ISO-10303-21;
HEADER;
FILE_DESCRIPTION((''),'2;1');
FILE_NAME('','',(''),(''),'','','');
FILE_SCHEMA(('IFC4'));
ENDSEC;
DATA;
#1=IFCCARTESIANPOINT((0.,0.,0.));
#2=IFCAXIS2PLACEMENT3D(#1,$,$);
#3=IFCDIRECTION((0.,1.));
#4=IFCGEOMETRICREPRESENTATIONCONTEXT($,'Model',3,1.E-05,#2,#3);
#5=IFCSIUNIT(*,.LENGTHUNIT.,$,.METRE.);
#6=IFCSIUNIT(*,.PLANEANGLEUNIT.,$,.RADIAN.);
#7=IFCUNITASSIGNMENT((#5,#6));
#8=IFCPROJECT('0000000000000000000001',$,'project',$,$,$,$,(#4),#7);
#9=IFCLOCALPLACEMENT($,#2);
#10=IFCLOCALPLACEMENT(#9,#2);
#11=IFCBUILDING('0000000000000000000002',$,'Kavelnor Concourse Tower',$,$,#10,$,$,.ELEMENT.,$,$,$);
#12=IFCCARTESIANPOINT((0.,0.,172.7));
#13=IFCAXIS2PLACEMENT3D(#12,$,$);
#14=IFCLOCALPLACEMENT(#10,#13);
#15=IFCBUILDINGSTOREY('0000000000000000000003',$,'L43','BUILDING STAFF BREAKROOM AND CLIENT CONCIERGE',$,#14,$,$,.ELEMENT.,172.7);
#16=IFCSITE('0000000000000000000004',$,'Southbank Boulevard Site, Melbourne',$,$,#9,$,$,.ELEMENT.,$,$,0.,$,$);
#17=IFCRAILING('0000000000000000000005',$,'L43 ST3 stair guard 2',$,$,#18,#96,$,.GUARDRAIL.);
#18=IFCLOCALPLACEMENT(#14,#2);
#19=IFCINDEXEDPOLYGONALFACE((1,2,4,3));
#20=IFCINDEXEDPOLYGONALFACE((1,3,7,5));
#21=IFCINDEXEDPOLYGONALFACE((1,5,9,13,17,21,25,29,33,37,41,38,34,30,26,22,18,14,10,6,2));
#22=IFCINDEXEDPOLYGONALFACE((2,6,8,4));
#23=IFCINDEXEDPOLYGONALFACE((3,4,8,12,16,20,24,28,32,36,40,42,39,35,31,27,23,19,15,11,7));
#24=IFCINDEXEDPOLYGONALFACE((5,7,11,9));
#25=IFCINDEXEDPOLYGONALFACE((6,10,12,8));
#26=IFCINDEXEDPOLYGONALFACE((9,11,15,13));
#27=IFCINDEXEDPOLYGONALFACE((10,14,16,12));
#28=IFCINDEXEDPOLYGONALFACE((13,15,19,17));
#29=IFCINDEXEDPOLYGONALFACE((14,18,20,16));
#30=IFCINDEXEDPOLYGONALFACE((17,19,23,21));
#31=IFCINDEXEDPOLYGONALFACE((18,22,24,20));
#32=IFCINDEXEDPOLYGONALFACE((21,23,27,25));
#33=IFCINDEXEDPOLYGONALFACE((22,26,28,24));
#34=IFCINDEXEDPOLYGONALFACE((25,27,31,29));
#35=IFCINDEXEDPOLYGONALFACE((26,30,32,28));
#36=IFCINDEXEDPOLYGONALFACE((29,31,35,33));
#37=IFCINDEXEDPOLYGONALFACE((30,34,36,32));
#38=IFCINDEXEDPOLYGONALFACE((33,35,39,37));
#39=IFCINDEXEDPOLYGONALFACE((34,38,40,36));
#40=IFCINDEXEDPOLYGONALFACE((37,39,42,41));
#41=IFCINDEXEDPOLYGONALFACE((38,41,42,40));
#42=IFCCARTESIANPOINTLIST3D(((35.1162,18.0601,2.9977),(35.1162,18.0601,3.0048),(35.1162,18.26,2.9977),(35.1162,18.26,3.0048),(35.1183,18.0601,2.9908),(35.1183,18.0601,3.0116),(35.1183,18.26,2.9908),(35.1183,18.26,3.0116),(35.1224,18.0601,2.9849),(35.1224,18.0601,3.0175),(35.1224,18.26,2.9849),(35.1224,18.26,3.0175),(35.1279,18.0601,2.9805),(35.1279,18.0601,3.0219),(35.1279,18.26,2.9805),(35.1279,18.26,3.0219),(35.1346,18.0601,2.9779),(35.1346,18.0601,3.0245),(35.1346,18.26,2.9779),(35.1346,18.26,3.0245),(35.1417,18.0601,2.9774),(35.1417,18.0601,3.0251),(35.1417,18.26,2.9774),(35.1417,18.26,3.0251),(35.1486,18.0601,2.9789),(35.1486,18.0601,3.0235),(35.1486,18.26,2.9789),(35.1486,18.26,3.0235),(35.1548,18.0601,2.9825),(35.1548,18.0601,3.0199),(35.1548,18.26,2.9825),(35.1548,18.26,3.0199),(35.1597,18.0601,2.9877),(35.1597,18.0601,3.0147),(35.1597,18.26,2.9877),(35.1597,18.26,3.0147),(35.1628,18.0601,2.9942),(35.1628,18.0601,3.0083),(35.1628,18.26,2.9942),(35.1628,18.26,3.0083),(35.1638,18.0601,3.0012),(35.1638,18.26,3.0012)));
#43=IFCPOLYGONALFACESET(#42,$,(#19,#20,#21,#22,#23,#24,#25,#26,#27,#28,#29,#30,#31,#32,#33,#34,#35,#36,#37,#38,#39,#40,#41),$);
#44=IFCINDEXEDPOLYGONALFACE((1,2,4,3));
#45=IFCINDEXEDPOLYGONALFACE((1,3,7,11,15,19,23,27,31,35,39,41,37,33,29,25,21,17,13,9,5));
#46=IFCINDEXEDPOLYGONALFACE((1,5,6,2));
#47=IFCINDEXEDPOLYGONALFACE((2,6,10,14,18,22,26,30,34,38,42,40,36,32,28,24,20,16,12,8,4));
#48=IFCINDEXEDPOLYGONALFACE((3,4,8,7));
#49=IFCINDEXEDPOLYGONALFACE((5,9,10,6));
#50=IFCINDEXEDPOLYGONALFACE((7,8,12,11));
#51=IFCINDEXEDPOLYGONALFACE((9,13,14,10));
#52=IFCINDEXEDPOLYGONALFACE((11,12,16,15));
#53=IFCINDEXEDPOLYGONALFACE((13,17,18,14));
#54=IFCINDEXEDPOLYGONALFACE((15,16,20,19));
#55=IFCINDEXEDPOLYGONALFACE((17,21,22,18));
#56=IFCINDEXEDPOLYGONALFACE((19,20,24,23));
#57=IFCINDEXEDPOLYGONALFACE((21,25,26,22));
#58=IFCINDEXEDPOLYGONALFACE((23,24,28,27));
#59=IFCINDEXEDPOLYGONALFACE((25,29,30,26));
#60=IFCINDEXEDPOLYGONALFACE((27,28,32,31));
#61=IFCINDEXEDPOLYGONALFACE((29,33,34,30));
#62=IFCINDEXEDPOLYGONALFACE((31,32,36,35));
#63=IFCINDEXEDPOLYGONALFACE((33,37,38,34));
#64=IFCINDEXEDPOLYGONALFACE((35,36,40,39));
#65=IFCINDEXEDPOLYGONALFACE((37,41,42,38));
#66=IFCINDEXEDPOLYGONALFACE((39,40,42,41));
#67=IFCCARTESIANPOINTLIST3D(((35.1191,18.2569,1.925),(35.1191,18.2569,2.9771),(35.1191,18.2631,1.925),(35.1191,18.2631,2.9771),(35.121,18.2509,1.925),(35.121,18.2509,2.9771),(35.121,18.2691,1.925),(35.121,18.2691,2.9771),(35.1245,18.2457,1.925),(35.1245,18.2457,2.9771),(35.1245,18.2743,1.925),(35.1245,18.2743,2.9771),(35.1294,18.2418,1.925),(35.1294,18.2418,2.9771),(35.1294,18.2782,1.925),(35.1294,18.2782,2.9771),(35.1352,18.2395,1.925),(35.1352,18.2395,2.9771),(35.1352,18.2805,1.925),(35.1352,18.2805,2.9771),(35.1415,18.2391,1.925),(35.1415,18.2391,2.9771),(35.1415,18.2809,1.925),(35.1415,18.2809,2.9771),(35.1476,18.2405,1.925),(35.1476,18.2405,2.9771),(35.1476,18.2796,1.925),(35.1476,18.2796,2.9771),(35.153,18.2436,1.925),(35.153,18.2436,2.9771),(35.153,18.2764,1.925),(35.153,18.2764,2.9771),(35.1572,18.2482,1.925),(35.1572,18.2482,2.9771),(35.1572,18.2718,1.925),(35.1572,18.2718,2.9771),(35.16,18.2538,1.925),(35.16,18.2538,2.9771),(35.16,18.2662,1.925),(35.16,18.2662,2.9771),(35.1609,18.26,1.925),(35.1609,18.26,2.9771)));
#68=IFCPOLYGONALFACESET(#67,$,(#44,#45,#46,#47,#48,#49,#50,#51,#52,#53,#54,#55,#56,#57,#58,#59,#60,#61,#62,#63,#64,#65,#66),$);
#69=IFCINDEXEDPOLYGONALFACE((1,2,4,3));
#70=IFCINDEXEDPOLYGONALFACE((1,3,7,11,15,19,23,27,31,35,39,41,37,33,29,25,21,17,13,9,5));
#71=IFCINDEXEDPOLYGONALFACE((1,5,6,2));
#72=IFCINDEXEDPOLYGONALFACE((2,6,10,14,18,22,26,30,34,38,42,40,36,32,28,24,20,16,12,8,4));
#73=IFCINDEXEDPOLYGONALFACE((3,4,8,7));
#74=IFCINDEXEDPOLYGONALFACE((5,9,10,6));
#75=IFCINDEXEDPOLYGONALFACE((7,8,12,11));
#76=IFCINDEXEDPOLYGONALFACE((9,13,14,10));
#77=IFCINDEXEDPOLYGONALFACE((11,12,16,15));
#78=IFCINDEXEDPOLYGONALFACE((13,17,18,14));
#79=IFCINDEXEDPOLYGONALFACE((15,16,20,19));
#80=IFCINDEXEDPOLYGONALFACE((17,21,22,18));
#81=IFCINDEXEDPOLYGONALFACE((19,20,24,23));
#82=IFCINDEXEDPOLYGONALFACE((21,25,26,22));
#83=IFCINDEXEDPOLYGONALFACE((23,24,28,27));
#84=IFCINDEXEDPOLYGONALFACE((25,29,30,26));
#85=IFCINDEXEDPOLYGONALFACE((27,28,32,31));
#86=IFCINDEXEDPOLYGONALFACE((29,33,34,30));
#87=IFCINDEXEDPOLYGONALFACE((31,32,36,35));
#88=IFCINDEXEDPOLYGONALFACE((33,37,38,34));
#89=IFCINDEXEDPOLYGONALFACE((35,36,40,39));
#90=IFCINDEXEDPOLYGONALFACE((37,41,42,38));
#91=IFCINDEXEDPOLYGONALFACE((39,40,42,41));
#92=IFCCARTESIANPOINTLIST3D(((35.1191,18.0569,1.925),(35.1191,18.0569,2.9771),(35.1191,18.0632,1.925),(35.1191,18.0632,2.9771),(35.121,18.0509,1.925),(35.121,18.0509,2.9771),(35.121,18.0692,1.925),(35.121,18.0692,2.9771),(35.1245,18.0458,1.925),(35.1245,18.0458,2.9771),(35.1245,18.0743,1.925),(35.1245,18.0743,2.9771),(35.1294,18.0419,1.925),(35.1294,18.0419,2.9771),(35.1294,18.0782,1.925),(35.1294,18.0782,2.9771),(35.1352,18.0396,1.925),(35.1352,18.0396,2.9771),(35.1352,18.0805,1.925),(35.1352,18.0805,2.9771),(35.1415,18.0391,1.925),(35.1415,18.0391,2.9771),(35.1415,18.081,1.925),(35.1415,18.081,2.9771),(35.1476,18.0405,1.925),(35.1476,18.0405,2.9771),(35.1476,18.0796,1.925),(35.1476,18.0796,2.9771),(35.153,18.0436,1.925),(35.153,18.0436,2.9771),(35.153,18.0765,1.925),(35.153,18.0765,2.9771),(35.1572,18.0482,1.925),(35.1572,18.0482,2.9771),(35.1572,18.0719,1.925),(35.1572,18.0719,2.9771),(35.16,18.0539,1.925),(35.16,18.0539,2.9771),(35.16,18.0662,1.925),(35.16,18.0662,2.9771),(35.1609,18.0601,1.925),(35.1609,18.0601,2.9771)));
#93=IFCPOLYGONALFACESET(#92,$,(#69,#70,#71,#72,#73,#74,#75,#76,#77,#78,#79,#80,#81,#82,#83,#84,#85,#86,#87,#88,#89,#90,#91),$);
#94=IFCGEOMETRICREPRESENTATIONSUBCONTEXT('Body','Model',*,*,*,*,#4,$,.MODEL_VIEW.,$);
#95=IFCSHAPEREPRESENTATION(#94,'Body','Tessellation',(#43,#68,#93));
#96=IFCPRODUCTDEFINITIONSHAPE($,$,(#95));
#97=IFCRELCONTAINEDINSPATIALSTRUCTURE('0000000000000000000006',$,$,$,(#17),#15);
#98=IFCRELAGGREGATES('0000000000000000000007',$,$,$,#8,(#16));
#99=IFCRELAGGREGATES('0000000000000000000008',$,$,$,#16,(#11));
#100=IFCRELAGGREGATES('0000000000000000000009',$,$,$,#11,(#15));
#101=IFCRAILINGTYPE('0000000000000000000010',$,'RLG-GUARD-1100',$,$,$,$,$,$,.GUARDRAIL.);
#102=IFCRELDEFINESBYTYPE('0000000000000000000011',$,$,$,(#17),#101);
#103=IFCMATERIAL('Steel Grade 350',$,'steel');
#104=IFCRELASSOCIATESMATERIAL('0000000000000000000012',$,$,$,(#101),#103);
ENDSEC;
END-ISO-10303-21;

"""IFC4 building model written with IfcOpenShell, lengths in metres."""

from ifc_helpers import new_model, si_unit, direction, frame, origin, origin_2d, place, context, subcontext, project, spatial, circle, extrude, material, type_object, element, save


model = new_model("IFC4")

# Units and contexts
model_context = context("Model", 3, precision=1e-05, world=origin(), true_north=direction((0.0, 1.0)))
body_context = subcontext(model_context, "Body", "Model", "MODEL_VIEW")
ifc_project = project(units=[si_unit("LENGTHUNIT", "METRE"), si_unit("PLANEANGLEUNIT", "RADIAN")], contexts=[model_context])

# Site, building, storey
site_placement = place(None, origin())
site = spatial("IfcSite", under=ifc_project, at=site_placement, Name="Southbank Boulevard Site, Melbourne", CompositionType="ELEMENT", RefElevation=0.0)
building_placement = place(site_placement, origin())
building = spatial("IfcBuilding", under=site, at=building_placement, Name="Kavelnor Concourse Tower", CompositionType="ELEMENT")
storey_placement = place(building_placement, frame((0.0, 0.0, 172.7)))
storey = spatial("IfcBuildingStorey", under=building, at=storey_placement, Name="L43", Description="BUILDING STAFF BREAKROOM AND CLIENT CONCIERGE", CompositionType="ELEMENT", Elevation=172.7)

# Shared definitions
ifc_material_1 = material(Name="Steel Grade 350", Category="steel")

# Railing
railing_type = type_object("IfcRailingType", Name="RLG-GUARD-1100", PredefinedType="GUARDRAIL", material=ifc_material_1)
railing_1_placement = place(storey_placement, frame((35.1399, 18.26, 1.925)))
element("IfcRailing", 1, at=railing_1_placement, inside=storey, type_object=railing_type, Name="L43 ST3 stair guard 2", PredefinedType="GUARDRAIL", context=body_context, shape_type="SweptSolid", body=[
    extrude(circle(Radius=0.0239, at=origin_2d()), frame((0.0, 0.0, 1.0762), z_axis=(0.0, -1.0, 0.0), x_axis=(1.0, 0.0, 0.0)), (0.0, 0.0, 1.0), 0.2),
    extrude(circle(Radius=0.021, at=origin_2d()), origin(), (0.0, 0.0, 1.0), 1.052),
    extrude(circle(Radius=0.021, at=origin_2d()), frame((0.0, -0.2, 0.0)), (0.0, 0.0, 1.0), 1.052),
])

save(model, "model.ifc")
